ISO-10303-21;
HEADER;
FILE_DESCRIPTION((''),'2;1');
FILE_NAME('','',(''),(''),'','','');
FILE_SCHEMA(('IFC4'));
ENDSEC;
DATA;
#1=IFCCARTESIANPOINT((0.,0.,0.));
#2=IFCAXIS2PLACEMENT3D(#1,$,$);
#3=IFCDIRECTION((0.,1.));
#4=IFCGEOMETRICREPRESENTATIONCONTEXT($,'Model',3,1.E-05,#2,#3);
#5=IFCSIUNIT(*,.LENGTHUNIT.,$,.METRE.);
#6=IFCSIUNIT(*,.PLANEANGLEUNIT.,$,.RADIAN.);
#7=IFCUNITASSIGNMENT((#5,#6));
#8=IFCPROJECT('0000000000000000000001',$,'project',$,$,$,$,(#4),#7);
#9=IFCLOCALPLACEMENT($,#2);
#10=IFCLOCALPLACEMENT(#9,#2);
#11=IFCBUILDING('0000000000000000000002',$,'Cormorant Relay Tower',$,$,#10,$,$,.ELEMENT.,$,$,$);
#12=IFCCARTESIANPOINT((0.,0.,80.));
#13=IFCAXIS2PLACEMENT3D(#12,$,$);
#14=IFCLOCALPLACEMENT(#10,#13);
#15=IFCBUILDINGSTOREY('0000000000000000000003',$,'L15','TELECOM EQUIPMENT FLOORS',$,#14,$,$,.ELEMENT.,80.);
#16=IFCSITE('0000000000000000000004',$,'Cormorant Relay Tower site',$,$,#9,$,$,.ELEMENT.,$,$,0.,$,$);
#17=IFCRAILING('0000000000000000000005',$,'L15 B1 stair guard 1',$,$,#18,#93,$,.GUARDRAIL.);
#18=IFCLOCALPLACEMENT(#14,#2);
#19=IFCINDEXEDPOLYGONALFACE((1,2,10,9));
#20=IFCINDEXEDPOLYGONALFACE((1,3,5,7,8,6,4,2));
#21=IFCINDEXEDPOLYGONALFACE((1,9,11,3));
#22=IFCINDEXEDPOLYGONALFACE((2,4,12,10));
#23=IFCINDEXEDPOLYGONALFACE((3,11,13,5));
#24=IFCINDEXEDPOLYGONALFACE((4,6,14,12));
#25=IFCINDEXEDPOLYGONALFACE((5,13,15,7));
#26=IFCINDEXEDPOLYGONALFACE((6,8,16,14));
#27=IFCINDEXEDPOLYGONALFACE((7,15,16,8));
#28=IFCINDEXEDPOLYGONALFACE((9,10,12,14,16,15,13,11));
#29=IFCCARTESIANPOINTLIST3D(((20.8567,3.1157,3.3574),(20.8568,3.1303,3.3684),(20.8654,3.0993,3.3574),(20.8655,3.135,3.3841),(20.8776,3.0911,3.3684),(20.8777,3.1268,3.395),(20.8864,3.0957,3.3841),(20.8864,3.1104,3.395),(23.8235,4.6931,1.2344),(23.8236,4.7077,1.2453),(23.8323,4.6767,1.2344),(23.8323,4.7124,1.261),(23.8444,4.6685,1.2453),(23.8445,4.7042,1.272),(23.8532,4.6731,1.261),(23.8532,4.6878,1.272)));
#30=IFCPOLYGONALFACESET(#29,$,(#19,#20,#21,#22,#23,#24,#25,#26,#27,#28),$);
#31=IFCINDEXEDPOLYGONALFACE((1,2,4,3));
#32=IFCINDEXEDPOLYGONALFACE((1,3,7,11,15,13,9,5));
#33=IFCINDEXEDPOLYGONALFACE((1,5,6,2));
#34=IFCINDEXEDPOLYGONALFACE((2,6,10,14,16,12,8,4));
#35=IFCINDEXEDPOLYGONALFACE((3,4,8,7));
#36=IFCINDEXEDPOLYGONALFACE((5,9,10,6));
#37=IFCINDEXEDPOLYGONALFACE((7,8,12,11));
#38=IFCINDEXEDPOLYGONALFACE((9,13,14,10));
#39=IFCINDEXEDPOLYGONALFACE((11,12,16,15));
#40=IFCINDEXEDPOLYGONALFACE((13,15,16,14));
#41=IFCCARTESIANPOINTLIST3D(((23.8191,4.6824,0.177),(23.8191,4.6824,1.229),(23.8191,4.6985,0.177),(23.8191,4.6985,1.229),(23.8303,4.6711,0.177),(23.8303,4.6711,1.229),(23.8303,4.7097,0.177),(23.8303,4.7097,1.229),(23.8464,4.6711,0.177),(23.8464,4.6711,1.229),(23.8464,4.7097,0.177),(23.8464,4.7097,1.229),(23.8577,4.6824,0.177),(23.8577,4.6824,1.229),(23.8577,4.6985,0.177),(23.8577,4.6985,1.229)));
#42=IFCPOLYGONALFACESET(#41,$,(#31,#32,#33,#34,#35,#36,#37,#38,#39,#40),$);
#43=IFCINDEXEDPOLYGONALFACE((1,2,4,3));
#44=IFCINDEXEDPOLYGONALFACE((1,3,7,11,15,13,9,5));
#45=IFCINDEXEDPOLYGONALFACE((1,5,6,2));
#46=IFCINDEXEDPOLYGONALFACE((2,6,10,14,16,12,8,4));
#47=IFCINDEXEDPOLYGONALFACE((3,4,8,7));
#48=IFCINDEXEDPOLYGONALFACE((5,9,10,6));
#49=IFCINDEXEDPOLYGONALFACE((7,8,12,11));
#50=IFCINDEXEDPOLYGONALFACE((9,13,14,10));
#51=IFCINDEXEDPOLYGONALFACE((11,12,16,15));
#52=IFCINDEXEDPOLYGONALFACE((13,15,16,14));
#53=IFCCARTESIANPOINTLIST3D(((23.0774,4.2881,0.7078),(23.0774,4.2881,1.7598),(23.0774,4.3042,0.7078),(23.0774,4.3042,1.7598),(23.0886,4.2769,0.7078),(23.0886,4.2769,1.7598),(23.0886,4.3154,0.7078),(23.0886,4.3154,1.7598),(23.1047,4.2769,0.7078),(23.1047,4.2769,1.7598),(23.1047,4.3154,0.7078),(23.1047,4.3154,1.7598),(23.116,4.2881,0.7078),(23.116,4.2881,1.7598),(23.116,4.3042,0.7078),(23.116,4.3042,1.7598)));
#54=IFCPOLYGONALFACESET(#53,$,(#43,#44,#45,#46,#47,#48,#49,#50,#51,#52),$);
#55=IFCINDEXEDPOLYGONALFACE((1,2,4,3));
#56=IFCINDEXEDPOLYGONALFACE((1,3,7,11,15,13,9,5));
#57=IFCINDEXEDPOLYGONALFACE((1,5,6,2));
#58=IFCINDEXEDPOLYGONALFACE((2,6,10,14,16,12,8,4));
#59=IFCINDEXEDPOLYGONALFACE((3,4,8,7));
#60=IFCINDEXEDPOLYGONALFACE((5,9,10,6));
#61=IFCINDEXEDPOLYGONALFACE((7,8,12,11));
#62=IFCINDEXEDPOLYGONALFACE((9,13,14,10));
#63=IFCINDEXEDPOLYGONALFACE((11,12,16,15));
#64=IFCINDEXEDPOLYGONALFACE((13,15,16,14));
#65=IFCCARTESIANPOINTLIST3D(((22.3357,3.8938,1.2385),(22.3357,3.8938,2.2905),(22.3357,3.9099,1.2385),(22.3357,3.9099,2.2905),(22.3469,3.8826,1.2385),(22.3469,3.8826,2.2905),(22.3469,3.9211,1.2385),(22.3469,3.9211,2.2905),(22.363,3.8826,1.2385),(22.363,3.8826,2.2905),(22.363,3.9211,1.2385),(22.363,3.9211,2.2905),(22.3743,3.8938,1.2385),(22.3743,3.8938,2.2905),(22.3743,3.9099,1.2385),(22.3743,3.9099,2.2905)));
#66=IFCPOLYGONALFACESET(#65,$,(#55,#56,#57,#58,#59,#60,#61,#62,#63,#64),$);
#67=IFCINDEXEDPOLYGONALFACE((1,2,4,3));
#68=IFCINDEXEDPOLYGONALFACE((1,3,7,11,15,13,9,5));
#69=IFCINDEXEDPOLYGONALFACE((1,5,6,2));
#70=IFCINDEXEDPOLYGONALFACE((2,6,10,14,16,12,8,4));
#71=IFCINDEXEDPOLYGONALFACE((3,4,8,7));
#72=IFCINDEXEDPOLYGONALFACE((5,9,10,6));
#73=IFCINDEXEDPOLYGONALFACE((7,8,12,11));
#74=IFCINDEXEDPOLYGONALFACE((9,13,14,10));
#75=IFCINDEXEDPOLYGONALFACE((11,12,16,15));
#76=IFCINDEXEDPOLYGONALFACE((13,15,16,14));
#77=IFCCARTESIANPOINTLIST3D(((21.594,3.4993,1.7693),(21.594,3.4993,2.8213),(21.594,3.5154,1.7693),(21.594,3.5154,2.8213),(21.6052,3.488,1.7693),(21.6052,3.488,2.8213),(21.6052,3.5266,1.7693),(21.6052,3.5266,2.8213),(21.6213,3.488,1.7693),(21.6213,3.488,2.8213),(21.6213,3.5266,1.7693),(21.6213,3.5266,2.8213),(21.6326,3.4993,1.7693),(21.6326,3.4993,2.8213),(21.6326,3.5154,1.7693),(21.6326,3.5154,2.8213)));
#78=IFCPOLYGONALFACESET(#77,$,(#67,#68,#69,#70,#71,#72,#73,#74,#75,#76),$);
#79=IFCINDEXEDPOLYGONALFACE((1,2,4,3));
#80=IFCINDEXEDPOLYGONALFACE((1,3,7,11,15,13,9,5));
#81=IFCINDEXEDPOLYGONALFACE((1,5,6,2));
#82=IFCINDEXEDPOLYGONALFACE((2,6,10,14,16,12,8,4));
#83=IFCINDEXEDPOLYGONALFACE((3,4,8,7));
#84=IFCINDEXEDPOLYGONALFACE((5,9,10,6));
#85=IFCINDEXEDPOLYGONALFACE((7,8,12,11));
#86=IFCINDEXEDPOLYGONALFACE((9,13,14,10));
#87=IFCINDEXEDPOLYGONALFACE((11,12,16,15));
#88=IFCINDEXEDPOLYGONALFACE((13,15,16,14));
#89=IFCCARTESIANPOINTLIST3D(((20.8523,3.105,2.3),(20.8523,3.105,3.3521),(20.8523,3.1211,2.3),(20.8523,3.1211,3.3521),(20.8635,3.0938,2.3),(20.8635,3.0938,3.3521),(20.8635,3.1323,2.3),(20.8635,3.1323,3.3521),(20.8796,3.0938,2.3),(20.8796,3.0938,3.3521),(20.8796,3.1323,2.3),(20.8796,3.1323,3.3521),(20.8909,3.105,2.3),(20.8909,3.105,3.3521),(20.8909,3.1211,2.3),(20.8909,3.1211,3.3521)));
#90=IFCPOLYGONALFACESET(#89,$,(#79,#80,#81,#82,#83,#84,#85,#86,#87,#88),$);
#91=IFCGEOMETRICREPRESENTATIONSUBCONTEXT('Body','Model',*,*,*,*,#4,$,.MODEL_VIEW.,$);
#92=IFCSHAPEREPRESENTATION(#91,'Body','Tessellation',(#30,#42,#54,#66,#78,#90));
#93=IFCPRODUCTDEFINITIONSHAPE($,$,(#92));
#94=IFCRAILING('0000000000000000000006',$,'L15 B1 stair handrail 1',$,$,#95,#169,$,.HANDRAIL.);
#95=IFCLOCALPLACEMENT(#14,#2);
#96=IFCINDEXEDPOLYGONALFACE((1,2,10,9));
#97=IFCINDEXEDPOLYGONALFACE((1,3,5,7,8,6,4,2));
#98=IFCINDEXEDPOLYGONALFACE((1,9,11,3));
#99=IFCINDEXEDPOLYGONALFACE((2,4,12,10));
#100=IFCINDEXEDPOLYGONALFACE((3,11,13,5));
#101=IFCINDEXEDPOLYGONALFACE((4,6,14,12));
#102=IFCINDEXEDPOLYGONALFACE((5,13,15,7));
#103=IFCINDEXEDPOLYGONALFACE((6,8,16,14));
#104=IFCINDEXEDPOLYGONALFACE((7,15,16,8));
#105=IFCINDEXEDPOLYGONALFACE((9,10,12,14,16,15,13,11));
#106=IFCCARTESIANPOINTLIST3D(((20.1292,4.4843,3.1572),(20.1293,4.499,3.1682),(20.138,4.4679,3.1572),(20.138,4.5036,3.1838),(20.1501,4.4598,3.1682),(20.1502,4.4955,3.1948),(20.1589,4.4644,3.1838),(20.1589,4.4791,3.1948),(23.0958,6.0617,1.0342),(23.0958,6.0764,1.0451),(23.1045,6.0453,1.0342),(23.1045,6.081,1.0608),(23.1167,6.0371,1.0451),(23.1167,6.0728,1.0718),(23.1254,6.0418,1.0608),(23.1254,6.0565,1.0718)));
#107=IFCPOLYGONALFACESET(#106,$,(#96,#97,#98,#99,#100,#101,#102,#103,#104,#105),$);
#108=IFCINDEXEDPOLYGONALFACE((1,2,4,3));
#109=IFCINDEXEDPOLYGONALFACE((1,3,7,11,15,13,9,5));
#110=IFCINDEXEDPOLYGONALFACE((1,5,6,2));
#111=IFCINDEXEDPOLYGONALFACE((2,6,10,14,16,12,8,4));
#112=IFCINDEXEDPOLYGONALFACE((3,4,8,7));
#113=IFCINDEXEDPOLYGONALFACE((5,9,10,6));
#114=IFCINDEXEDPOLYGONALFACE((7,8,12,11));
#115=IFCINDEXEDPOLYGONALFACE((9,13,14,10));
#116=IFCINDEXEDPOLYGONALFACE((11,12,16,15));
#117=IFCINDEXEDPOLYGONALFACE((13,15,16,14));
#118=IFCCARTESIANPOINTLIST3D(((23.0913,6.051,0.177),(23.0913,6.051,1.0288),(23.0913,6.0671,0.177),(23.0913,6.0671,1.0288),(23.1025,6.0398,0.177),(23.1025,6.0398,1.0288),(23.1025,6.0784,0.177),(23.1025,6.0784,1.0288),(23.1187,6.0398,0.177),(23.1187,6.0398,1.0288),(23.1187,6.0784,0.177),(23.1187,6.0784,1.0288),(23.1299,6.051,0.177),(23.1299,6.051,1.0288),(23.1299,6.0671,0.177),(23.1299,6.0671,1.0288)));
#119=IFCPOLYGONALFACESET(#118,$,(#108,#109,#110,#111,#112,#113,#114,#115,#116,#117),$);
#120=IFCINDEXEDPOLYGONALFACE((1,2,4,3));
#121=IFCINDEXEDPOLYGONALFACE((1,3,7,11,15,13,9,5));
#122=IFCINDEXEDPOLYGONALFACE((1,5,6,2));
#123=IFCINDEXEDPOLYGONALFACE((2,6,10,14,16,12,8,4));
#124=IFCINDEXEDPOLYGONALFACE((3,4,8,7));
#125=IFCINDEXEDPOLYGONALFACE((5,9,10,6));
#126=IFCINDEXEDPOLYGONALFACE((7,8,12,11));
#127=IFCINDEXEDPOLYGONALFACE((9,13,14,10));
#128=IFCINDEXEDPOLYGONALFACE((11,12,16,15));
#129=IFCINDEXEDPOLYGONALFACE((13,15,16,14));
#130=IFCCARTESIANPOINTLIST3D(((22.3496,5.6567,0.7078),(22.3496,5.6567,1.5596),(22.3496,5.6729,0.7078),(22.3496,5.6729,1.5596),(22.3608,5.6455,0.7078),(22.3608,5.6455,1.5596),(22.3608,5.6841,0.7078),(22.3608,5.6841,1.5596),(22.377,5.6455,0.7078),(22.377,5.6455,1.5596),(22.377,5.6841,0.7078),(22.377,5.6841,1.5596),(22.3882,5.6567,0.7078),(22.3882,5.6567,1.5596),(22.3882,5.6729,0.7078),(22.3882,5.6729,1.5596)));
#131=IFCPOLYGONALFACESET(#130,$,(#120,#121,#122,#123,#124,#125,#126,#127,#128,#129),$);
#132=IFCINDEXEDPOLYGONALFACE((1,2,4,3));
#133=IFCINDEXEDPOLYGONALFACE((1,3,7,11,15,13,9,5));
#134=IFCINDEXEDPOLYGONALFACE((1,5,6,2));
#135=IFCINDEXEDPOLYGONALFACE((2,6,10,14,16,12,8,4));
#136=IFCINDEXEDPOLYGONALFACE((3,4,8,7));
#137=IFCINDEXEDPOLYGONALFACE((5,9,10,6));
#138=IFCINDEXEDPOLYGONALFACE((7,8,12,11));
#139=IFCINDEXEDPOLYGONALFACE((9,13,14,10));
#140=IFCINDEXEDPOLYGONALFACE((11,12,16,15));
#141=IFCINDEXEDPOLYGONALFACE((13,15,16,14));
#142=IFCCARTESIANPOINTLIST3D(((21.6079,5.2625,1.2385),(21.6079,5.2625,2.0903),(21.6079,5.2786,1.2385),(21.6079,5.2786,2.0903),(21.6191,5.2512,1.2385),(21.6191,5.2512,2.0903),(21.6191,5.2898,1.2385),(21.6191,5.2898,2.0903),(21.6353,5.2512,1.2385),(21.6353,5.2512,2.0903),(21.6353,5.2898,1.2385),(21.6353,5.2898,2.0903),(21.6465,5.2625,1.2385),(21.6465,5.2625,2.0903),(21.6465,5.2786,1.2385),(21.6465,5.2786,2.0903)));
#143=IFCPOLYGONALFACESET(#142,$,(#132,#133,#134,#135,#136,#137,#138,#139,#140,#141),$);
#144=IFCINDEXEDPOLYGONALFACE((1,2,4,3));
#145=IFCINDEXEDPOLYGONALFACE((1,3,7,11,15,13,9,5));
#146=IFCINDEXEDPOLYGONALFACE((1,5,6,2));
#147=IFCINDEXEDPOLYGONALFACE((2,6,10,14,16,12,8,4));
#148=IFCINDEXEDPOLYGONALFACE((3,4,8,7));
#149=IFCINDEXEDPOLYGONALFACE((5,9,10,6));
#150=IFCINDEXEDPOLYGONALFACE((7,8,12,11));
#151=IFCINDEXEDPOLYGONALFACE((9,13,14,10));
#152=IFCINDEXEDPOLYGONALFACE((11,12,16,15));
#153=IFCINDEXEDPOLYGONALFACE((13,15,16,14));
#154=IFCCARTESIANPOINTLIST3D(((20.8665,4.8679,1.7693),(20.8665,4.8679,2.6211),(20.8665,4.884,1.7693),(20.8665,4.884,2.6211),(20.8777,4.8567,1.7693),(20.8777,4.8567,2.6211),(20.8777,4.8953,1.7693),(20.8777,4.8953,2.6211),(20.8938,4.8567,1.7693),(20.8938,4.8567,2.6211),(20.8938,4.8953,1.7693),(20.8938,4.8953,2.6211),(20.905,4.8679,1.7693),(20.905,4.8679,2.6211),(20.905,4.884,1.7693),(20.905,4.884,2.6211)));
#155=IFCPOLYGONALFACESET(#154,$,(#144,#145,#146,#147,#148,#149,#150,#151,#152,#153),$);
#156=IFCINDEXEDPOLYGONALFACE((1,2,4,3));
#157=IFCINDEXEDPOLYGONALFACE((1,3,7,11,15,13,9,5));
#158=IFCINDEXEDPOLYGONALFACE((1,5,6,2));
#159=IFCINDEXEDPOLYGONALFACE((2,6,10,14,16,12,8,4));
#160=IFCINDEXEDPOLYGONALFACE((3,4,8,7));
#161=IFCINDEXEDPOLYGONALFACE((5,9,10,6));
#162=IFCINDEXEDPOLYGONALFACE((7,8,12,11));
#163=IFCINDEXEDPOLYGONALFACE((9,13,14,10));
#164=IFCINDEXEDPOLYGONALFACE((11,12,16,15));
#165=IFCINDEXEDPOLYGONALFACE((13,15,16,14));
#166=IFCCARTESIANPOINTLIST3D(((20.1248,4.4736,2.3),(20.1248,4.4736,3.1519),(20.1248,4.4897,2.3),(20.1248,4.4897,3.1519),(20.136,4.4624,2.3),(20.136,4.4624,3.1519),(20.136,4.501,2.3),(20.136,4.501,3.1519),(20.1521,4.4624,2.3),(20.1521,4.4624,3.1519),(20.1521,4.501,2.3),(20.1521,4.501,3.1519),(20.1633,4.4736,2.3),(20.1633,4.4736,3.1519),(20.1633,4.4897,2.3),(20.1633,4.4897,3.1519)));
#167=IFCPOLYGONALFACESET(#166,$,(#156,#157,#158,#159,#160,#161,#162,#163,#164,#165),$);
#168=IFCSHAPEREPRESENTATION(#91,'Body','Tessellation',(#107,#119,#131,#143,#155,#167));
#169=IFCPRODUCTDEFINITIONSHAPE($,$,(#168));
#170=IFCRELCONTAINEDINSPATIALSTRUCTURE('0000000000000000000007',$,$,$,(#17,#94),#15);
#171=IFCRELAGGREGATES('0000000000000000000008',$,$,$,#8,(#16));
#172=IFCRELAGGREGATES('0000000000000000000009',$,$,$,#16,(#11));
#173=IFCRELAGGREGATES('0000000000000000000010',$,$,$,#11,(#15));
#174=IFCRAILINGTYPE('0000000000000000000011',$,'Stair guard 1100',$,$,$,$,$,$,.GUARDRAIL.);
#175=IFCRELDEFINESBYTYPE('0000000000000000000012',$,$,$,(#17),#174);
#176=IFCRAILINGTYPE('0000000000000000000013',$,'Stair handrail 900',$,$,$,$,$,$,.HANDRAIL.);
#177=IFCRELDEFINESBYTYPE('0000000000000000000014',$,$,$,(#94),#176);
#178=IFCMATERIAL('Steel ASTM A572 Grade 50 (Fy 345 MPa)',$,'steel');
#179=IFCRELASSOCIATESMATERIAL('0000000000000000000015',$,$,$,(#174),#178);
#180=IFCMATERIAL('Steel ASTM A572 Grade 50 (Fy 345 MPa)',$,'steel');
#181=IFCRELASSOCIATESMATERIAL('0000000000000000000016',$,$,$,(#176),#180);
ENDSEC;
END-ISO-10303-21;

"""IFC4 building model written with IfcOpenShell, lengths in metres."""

from ifc_helpers import new_model, si_unit, direction, frame, origin, place, context, subcontext, project, spatial, polyline, outline, extrude, material, type_object, element, save


model = new_model("IFC4")

# Units and contexts
model_context = context("Model", 3, precision=1e-05, world=origin(), true_north=direction((0.0, 1.0)))
body_context = subcontext(model_context, "Body", "Model", "MODEL_VIEW")
ifc_project = project(units=[si_unit("LENGTHUNIT", "METRE"), si_unit("PLANEANGLEUNIT", "RADIAN")], contexts=[model_context])

# Site, building, storey
site_placement = place(None, origin())
site = spatial("IfcSite", under=ifc_project, at=site_placement, Name="Cormorant Relay Tower site", CompositionType="ELEMENT", RefElevation=0.0)
building_placement = place(site_placement, origin())
building = spatial("IfcBuilding", under=site, at=building_placement, Name="Cormorant Relay Tower", CompositionType="ELEMENT")
storey_placement = place(building_placement, frame((0.0, 0.0, 80.0)))
storey = spatial("IfcBuildingStorey", under=building, at=storey_placement, Name="L15", Description="TELECOM EQUIPMENT FLOORS", CompositionType="ELEMENT", Elevation=80.0)

# Railings
ifc_material_1 = material(Name="Steel ASTM A572 Grade 50 (Fy 345 MPa)", Category="steel")
railing_type_1 = type_object("IfcRailingType", Name="Stair guard 1100", PredefinedType="GUARDRAIL", material=ifc_material_1)
railing_1_placement = place(storey_placement, frame((23.8384, 4.6904, 0.177)))
element("IfcRailing", 1, at=railing_1_placement, inside=storey, type_object=railing_type_1, Name="L15 B1 stair guard 1", PredefinedType="GUARDRAIL", context=body_context, shape_type="SweptSolid", body=[
    extrude(outline(polyline([(0.0222, 0.0093), (0.0093, 0.0222), (-0.0093, 0.0222), (-0.0222, 0.0093), (-0.0222, -0.0093), (-0.0093, -0.0222), (0.0093, -0.0222), (0.0222, -0.0093), (0.0222, 0.0093)])), frame((0.0, 0.0, 1.0762), z_axis=(-0.746441, -0.396869, 0.534155), x_axis=(0.469453, -0.882958, 0.0)), (0.0, 0.0, 1.0), 3.9746),
    extrude(outline(polyline([(0.0193, 0.0081), (0.0081, 0.0193), (-0.0081, 0.0193), (-0.0193, 0.0081), (-0.0193, -0.0081), (-0.0081, -0.0193), (0.0081, -0.0193), (0.0193, -0.0081), (0.0193, 0.0081)])), origin(), (0.0, 0.0, 1.0), 1.052),
    extrude(outline(polyline([(0.0193, 0.0081), (0.0081, 0.0193), (-0.0081, 0.0193), (-0.0193, 0.0081), (-0.0193, -0.0081), (-0.0081, -0.0193), (0.0081, -0.0193), (0.0193, -0.0081), (0.0193, 0.0081)])), frame((-0.7417, -0.3943, 0.5308)), (0.0, 0.0, 1.0), 1.052),
    extrude(outline(polyline([(0.0193, 0.0081), (0.0081, 0.0193), (-0.0081, 0.0193), (-0.0193, 0.0081), (-0.0193, -0.0081), (-0.0081, -0.0193), (0.0081, -0.0193), (0.0193, -0.0081), (0.0193, 0.0081)])), frame((-1.4834, -0.7886, 1.0615)), (0.0, 0.0, 1.0), 1.052),
    extrude(outline(polyline([(0.0193, 0.0081), (0.0081, 0.0193), (-0.0081, 0.0193), (-0.0193, 0.0081), (-0.0193, -0.0081), (-0.0081, -0.0193), (0.0081, -0.0193), (0.0193, -0.0081), (0.0193, 0.0081)])), frame((-2.2251, -1.1831, 1.5923)), (0.0, 0.0, 1.0), 1.052),
    extrude(outline(polyline([(0.0193, 0.0081), (0.0081, 0.0193), (-0.0081, 0.0193), (-0.0193, 0.0081), (-0.0193, -0.0081), (-0.0081, -0.0193), (0.0081, -0.0193), (0.0193, -0.0081), (0.0193, 0.0081)])), frame((-2.9668, -1.5774, 2.123)), (0.0, 0.0, 1.0), 1.052),
])
ifc_material_2 = material(Name="Steel ASTM A572 Grade 50 (Fy 345 MPa)", Category="steel")
railing_type_2 = type_object("IfcRailingType", Name="Stair handrail 900", PredefinedType="HANDRAIL", material=ifc_material_2)
railing_2_placement = place(storey_placement, frame((23.1106, 6.0591, 0.177)))
element("IfcRailing", 2, at=railing_2_placement, inside=storey, type_object=railing_type_2, Name="L15 B1 stair handrail 1", PredefinedType="HANDRAIL", context=body_context, shape_type="SweptSolid", body=[
    extrude(outline(polyline([(0.0222, 0.0093), (0.0093, 0.0222), (-0.0093, 0.0222), (-0.0222, 0.0093), (-0.0222, -0.0093), (-0.0093, -0.0222), (0.0093, -0.0222), (0.0222, -0.0093), (0.0222, 0.0093)])), frame((0.0, 0.0, 0.876), z_axis=(-0.746413, -0.396887, 0.534179), x_axis=(0.469483, -0.882942, 0.0)), (0.0, 0.0, 1.0), 3.9744),
    extrude(outline(polyline([(0.0193, 0.0081), (0.0081, 0.0193), (-0.0081, 0.0193), (-0.0193, 0.0081), (-0.0193, -0.0081), (-0.0081, -0.0193), (0.0081, -0.0193), (0.0193, -0.0081), (0.0193, 0.0081)])), origin(), (0.0, 0.0, 1.0), 0.8518),
    extrude(outline(polyline([(0.0193, 0.0081), (0.0081, 0.0193), (-0.0081, 0.0193), (-0.0193, 0.0081), (-0.0193, -0.0081), (-0.0081, -0.0193), (0.0081, -0.0193), (0.0193, -0.0081), (0.0193, 0.0081)])), frame((-0.7417, -0.3943, 0.5308)), (0.0, 0.0, 1.0), 0.8518),
    extrude(outline(polyline([(0.0193, 0.0081), (0.0081, 0.0193), (-0.0081, 0.0193), (-0.0193, 0.0081), (-0.0193, -0.0081), (-0.0081, -0.0193), (0.0081, -0.0193), (0.0193, -0.0081), (0.0193, 0.0081)])), frame((-1.4834, -0.7886, 1.0615)), (0.0, 0.0, 1.0), 0.8518),
    extrude(outline(polyline([(0.0193, 0.0081), (0.0081, 0.0193), (-0.0081, 0.0193), (-0.0193, 0.0081), (-0.0193, -0.0081), (-0.0081, -0.0193), (0.0081, -0.0193), (0.0193, -0.0081), (0.0193, 0.0081)])), frame((-2.2249, -1.1831, 1.5923)), (0.0, 0.0, 1.0), 0.8518),
    extrude(outline(polyline([(0.0193, 0.0081), (0.0081, 0.0193), (-0.0081, 0.0193), (-0.0193, 0.0081), (-0.0193, -0.0081), (-0.0081, -0.0193), (0.0081, -0.0193), (0.0193, -0.0081), (0.0193, 0.0081)])), frame((-2.9666, -1.5774, 2.123)), (0.0, 0.0, 1.0), 0.8518),
])

save(model, "model.ifc")
